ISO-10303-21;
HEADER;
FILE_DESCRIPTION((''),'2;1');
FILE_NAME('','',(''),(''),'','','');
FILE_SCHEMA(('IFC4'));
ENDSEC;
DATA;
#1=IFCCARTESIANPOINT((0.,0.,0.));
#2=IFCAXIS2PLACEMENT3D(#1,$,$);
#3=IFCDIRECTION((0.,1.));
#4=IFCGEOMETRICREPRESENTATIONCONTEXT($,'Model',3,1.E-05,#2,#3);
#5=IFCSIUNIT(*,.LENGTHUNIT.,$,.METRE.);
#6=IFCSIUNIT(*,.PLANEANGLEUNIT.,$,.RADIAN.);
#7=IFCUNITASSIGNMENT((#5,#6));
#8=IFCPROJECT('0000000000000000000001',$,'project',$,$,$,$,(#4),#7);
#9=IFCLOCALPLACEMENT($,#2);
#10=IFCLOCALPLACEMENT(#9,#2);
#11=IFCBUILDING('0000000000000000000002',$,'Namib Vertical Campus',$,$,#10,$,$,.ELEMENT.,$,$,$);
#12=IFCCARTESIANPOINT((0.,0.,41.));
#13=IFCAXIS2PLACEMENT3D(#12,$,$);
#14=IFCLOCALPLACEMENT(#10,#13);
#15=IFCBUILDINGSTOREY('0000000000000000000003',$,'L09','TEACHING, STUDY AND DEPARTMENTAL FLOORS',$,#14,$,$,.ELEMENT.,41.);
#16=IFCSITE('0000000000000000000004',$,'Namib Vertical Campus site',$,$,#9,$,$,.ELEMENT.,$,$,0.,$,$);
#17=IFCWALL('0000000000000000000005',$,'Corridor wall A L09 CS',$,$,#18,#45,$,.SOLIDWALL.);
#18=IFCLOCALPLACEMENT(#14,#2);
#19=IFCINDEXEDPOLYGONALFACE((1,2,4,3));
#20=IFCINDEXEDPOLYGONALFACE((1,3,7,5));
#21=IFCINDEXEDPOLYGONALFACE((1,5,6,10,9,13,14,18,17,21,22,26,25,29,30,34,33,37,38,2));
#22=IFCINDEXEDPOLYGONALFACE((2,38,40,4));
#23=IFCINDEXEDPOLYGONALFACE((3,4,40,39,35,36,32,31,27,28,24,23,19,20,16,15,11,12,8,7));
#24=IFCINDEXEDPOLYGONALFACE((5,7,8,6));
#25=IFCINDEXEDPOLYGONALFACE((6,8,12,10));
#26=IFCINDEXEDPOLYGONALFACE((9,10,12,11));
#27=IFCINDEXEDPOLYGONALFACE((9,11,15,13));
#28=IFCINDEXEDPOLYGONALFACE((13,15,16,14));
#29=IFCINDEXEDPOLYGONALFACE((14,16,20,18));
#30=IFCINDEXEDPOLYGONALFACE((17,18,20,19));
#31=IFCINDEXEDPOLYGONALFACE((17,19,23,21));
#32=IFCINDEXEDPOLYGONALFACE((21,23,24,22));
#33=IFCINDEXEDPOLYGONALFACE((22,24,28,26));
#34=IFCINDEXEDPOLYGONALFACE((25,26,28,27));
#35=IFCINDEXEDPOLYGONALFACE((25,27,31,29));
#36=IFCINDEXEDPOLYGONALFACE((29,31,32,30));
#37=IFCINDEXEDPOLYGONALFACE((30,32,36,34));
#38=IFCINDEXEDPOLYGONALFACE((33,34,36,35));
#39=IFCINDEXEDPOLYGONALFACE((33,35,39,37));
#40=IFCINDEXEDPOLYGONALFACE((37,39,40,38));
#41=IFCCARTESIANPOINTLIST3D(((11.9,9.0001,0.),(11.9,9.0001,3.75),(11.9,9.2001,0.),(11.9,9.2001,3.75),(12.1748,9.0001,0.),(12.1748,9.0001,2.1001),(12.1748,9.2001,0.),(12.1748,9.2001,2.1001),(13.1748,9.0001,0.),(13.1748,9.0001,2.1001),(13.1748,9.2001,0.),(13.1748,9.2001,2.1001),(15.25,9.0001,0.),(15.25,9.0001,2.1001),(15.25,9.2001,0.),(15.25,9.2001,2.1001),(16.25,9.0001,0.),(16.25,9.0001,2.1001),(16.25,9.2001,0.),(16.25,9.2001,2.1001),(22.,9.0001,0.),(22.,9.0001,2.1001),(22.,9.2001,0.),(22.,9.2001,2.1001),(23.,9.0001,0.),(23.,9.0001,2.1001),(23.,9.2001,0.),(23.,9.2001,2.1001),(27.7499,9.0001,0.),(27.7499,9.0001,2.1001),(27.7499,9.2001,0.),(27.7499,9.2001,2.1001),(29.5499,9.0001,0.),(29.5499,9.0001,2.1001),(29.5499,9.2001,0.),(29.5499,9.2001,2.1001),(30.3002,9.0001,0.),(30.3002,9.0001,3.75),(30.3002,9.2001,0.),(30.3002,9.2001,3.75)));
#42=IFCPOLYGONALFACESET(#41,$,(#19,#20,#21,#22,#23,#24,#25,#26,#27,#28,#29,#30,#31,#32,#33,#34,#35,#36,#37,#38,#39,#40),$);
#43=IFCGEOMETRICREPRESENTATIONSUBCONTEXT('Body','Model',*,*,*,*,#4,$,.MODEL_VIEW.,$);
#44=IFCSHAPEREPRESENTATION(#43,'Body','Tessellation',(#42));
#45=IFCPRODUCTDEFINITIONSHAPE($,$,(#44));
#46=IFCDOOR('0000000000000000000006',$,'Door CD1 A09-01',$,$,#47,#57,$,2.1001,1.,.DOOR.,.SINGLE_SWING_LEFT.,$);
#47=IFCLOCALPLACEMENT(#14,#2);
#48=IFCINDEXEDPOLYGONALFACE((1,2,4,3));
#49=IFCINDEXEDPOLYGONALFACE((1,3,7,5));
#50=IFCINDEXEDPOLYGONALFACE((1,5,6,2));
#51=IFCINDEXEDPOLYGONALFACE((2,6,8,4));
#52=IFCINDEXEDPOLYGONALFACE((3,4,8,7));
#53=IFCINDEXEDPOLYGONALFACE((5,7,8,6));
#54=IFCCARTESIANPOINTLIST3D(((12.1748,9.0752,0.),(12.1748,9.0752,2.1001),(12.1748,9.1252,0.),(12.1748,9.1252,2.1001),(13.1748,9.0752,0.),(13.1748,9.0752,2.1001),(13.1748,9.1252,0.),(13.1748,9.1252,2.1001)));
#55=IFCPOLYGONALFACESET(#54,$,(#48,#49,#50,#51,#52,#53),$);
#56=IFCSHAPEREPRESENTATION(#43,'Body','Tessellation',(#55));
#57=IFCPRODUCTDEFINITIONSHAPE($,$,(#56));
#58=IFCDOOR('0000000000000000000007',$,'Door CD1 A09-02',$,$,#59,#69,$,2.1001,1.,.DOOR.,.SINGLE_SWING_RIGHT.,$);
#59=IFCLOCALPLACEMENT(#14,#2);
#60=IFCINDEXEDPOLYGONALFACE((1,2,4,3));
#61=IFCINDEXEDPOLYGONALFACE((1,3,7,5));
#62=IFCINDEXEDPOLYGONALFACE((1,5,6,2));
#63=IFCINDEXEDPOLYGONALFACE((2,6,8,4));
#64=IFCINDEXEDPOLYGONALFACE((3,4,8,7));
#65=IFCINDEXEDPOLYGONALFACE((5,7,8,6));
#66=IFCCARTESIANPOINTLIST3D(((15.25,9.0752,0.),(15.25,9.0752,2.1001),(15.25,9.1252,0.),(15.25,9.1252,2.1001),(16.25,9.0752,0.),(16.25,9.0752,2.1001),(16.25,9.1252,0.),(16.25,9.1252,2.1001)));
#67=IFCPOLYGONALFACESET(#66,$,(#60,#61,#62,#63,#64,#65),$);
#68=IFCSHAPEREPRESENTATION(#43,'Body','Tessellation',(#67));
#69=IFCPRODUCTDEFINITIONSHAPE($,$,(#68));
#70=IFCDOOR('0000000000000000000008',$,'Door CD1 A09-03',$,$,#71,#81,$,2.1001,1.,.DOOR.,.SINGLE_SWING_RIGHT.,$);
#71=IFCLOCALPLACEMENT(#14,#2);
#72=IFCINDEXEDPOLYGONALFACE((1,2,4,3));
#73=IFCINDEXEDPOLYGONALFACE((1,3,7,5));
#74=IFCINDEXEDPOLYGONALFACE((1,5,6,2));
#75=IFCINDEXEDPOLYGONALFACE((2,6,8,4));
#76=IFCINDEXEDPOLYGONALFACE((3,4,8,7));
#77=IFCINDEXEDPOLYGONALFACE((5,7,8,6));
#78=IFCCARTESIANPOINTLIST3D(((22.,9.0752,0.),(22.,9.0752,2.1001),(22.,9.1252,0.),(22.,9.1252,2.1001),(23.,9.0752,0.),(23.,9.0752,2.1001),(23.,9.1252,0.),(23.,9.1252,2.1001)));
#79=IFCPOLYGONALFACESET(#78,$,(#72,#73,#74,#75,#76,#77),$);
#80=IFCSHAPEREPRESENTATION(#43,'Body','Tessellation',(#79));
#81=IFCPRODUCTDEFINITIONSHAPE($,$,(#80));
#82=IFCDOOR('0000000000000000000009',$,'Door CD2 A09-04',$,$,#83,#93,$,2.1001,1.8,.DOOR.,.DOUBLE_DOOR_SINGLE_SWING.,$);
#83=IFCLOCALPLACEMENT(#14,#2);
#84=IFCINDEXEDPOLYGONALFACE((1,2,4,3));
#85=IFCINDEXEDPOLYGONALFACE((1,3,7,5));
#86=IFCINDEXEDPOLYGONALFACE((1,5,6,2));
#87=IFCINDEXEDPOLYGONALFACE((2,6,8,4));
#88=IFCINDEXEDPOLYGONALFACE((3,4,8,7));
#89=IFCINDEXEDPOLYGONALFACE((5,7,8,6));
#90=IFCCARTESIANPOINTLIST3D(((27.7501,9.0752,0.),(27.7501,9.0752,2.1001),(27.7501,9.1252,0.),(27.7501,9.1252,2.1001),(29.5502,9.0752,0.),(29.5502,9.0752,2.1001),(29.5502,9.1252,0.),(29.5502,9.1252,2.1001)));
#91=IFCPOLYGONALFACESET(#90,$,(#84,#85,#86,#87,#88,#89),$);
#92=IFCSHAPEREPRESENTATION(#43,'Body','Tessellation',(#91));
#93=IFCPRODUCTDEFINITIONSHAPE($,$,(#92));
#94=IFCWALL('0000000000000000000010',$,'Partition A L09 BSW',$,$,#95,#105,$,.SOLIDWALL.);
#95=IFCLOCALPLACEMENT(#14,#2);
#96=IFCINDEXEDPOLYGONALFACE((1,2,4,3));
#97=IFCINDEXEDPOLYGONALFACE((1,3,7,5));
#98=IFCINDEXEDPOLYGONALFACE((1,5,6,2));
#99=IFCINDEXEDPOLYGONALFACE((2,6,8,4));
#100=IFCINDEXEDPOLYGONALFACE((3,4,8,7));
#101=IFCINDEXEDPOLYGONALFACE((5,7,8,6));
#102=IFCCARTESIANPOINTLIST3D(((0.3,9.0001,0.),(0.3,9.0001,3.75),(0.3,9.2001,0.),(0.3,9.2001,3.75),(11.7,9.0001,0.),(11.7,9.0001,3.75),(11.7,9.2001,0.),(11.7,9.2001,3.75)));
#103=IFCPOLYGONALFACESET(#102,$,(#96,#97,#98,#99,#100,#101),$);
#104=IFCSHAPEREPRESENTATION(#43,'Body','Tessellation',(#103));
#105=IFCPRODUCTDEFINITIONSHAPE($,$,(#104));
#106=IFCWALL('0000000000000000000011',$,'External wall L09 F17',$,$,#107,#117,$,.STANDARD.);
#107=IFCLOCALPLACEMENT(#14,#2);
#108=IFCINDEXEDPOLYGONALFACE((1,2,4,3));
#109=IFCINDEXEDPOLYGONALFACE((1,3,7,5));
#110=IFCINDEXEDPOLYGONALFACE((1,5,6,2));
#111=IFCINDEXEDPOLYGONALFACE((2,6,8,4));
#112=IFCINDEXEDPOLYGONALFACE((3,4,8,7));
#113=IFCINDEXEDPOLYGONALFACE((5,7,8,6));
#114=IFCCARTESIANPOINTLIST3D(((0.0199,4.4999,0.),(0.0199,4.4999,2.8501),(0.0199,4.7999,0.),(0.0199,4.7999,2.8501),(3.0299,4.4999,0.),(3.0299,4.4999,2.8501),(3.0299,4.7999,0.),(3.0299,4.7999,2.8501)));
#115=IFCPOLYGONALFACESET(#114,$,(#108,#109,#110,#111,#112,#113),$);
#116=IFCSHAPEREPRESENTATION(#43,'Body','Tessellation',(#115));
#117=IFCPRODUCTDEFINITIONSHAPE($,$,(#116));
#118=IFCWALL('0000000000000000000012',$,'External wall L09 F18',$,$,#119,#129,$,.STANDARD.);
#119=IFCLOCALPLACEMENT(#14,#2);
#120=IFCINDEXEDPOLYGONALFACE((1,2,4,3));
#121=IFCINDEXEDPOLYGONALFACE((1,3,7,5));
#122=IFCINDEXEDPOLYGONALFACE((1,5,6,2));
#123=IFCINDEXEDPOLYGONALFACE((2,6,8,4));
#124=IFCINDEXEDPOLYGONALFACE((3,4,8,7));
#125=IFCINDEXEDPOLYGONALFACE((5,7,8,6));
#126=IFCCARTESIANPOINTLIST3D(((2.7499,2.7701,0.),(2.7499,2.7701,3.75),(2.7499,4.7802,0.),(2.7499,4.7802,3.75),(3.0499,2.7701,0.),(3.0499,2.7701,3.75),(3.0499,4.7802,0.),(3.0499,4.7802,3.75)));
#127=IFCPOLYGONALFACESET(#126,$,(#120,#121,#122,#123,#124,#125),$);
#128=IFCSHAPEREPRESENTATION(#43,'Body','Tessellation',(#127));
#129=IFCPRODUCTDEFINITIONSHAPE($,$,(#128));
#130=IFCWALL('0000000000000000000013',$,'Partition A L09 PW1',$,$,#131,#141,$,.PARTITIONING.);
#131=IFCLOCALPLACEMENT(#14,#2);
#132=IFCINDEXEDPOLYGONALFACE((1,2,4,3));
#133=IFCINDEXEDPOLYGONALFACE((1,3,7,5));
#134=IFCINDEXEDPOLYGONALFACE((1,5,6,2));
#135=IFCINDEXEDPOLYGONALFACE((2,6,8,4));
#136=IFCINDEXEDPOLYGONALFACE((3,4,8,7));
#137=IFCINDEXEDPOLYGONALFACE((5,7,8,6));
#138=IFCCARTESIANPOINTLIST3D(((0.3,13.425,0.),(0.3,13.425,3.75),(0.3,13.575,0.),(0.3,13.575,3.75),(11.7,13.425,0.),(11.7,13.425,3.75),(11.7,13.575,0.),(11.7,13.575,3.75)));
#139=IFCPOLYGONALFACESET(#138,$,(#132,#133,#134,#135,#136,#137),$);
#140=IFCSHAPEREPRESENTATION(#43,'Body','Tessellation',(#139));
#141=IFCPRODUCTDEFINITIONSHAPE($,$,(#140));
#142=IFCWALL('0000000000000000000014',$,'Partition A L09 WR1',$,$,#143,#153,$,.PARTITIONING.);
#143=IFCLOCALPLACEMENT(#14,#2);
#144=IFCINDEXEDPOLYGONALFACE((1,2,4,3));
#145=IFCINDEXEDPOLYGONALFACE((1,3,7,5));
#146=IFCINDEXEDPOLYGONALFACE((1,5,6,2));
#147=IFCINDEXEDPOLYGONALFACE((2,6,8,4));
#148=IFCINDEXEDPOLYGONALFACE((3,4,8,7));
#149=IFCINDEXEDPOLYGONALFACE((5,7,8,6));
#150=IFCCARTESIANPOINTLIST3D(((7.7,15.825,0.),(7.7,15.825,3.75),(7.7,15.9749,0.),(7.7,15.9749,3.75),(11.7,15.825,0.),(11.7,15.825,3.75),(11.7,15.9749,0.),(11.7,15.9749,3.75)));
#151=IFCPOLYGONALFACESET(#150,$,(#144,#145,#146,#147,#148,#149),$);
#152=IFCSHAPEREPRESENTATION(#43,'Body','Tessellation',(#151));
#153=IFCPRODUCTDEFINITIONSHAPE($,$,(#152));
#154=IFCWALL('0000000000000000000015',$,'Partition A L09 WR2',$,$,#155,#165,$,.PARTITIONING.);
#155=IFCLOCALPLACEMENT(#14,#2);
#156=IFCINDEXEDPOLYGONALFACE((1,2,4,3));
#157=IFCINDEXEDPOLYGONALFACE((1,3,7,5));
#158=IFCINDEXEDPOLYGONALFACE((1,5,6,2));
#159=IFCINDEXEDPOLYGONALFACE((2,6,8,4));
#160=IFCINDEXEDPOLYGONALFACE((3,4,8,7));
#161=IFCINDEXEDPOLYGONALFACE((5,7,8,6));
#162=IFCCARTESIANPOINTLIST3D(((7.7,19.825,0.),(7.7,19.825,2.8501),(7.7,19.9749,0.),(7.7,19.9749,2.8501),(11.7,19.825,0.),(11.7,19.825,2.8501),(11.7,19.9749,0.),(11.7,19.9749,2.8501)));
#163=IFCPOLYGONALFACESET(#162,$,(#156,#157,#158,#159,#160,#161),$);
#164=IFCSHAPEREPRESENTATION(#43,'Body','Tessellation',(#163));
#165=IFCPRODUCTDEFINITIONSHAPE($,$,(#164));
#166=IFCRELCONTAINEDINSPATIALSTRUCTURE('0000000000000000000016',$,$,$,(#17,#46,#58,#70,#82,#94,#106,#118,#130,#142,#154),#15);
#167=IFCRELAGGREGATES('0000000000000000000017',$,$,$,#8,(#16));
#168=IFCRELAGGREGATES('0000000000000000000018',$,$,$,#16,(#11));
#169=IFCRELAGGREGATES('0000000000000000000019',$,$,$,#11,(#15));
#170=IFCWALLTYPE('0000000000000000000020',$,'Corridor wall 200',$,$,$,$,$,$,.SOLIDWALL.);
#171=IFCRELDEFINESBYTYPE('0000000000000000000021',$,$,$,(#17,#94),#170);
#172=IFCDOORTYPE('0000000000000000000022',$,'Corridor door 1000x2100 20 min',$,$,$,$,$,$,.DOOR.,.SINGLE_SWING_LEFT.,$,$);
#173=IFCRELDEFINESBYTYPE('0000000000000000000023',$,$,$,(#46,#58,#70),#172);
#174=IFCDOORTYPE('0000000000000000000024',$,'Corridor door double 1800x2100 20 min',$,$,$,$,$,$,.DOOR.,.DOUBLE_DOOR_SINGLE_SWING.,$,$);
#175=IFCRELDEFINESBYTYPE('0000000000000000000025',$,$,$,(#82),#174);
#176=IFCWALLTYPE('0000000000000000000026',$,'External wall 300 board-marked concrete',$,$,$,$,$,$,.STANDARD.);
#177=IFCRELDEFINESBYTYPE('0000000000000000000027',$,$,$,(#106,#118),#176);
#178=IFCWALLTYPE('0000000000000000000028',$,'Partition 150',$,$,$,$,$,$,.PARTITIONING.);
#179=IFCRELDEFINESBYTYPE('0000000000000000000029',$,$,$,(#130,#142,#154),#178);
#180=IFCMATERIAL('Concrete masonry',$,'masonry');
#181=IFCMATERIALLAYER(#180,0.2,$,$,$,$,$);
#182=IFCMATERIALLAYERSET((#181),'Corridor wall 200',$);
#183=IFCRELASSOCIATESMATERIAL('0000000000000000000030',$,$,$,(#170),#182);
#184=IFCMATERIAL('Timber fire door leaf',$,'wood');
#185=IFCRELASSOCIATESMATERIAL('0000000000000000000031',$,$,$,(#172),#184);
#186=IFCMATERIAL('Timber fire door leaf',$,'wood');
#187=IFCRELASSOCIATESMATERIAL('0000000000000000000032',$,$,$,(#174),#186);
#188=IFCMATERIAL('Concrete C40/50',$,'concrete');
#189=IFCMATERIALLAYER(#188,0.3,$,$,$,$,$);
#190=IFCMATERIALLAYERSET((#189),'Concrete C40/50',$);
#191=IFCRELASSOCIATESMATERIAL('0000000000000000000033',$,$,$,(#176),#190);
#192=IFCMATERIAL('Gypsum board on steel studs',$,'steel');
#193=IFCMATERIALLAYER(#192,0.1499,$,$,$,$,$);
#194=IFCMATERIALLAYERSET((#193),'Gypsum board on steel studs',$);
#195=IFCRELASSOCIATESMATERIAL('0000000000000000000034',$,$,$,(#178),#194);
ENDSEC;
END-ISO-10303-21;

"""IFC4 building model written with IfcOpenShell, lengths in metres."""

from ifc_helpers import new_model, si_unit, direction, frame, frame_2d, origin, place, context, subcontext, project, spatial, rectangle, extrude, material, layer, layer_set, type_object, element, fill, save


model = new_model("IFC4")

# Units and contexts
model_context = context("Model", 3, precision=1e-05, world=origin(), true_north=direction((0.0, 1.0)))
body_context = subcontext(model_context, "Body", "Model", "MODEL_VIEW")
ifc_project = project(units=[si_unit("LENGTHUNIT", "METRE"), si_unit("PLANEANGLEUNIT", "RADIAN")], contexts=[model_context])

# Site, building, storey
site_placement = place(None, origin())
site = spatial("IfcSite", under=ifc_project, at=site_placement, Name="Namib Vertical Campus site", CompositionType="ELEMENT", RefElevation=0.0)
building_placement = place(site_placement, origin())
building = spatial("IfcBuilding", under=site, at=building_placement, Name="Namib Vertical Campus", CompositionType="ELEMENT")
storey_placement = place(building_placement, frame((0.0, 0.0, 41.0)))
storey = spatial("IfcBuildingStorey", under=building, at=storey_placement, Name="L09", Description="TEACHING, STUDY AND DEPARTMENTAL FLOORS", CompositionType="ELEMENT", Elevation=41.0)

# Wall, openings, doors
ifc_material_1 = material(Name="Concrete masonry", Category="masonry")
ifc_layer_1 = layer(ifc_material_1, 0.2)
ifc_layer_set_1 = layer_set([ifc_layer_1], Name="Corridor wall 200")
wall_type_1 = type_object("IfcWallType", Name="Corridor wall 200", PredefinedType="SOLIDWALL", material=ifc_layer_set_1)
wall_1_placement = place(storey_placement, frame((11.8999, 9.1001, 0.0), z_axis=(0.0, 0.0, 1.0), x_axis=(1.0, 0.0, 0.0)))
wall_1 = element("IfcWall", 1, at=wall_1_placement, inside=storey, type_object=wall_type_1, Name="Corridor wall A L09 CS", PredefinedType="SOLIDWALL", context=body_context, shape_type="SweptSolid", body=[
    extrude(rectangle(XDim=18.4001, YDim=0.2, at=frame_2d((9.2002, 0.0))), origin(), (0.0, 0.0, 1.0), 3.75),
])
opening_1_placement = place(wall_1_placement, frame((0.2749, 0.0, 0.0)))
opening_1 = element("IfcOpeningElement", 2, at=opening_1_placement, cuts=wall_1, PredefinedType="OPENING", context=body_context, shape_type="SweptSolid", body=[
    extrude(rectangle(XDim=1.0, YDim=2.1001, at=frame_2d((0.5, 1.05))), frame((0.0, 0.1099, 0.0), z_axis=(0.0, -1.0, 0.0), x_axis=(1.0, 0.0, 0.0)), (0.0, 0.0, 1.0), 0.22),
])
opening_2_placement = place(wall_1_placement, frame((3.3501, 0.0, 0.0)))
opening_2 = element("IfcOpeningElement", 3, at=opening_2_placement, cuts=wall_1, PredefinedType="OPENING", context=body_context, shape_type="SweptSolid", body=[
    extrude(rectangle(XDim=1.0, YDim=2.1001, at=frame_2d((0.5, 1.05))), frame((0.0, 0.1099, 0.0), z_axis=(0.0, -1.0, 0.0), x_axis=(1.0, 0.0, 0.0)), (0.0, 0.0, 1.0), 0.22),
])
opening_3_placement = place(wall_1_placement, frame((10.1001, 0.0, 0.0)))
opening_3 = element("IfcOpeningElement", 4, at=opening_3_placement, cuts=wall_1, PredefinedType="OPENING", context=body_context, shape_type="SweptSolid", body=[
    extrude(rectangle(XDim=1.0, YDim=2.1001, at=frame_2d((0.5, 1.05))), frame((0.0, 0.1099, 0.0), z_axis=(0.0, -1.0, 0.0), x_axis=(1.0, 0.0, 0.0)), (0.0, 0.0, 1.0), 0.22),
])
opening_4_placement = place(wall_1_placement, frame((15.8501, 0.0, 0.0)))
opening_4 = element("IfcOpeningElement", 5, at=opening_4_placement, cuts=wall_1, PredefinedType="OPENING", context=body_context, shape_type="SweptSolid", body=[
    extrude(rectangle(XDim=1.8, YDim=2.1001, at=frame_2d((0.8999, 1.05))), frame((0.0, 0.1099, 0.0), z_axis=(0.0, -1.0, 0.0), x_axis=(1.0, 0.0, 0.0)), (0.0, 0.0, 1.0), 0.22),
])
ifc_material_2 = material(Name="Timber fire door leaf", Category="wood")
door_type_1 = type_object("IfcDoorType", Name="Corridor door 1000x2100 20 min", OperationType="SINGLE_SWING_LEFT", PredefinedType="DOOR", material=ifc_material_2)
door_1_placement = place(opening_1_placement, frame((1.0, 0.0, 0.0), z_axis=(0.0, 0.0, 1.0), x_axis=(-1.0, 0.0, 0.0)))
door_1 = element("IfcDoor", 6, at=door_1_placement, inside=storey, type_object=door_type_1, Name="Door CD1 A09-01", OperationType="SINGLE_SWING_LEFT", OverallHeight=2.1001, OverallWidth=1.0, PredefinedType="DOOR", context=body_context, shape_type="SweptSolid", body=[
    extrude(rectangle(XDim=1.0, YDim=2.1001, at=frame_2d((0.5, 1.05))), frame((0.0, 0.0249, 0.0), z_axis=(0.0, -1.0, 0.0), x_axis=(1.0, 0.0, 0.0)), (0.0, 0.0, 1.0), 0.05),
])
fill(opening_1, door_1)
door_2_placement = place(opening_2_placement, frame((1.0, 0.0, 0.0), z_axis=(0.0, 0.0, 1.0), x_axis=(-1.0, 0.0, 0.0)))
door_2 = element("IfcDoor", 7, at=door_2_placement, inside=storey, type_object=door_type_1, Name="Door CD1 A09-02", OperationType="SINGLE_SWING_RIGHT", OverallHeight=2.1001, OverallWidth=1.0, PredefinedType="DOOR", context=body_context, shape_type="SweptSolid", body=[
    extrude(rectangle(XDim=1.0, YDim=2.1001, at=frame_2d((0.5, 1.05))), frame((0.0, 0.0249, 0.0), z_axis=(0.0, -1.0, 0.0), x_axis=(1.0, 0.0, 0.0)), (0.0, 0.0, 1.0), 0.05),
])
fill(opening_2, door_2)
door_3_placement = place(opening_3_placement, frame((1.0, 0.0, 0.0), z_axis=(0.0, 0.0, 1.0), x_axis=(-1.0, 0.0, 0.0)))
door_3 = element("IfcDoor", 8, at=door_3_placement, inside=storey, type_object=door_type_1, Name="Door CD1 A09-03", OperationType="SINGLE_SWING_RIGHT", OverallHeight=2.1001, OverallWidth=1.0, PredefinedType="DOOR", context=body_context, shape_type="SweptSolid", body=[
    extrude(rectangle(XDim=1.0, YDim=2.1001, at=frame_2d((0.5, 1.05))), frame((0.0, 0.0249, 0.0), z_axis=(0.0, -1.0, 0.0), x_axis=(1.0, 0.0, 0.0)), (0.0, 0.0, 1.0), 0.05),
])
fill(opening_3, door_3)
ifc_material_3 = material(Name="Timber fire door leaf", Category="wood")
door_type_2 = type_object("IfcDoorType", Name="Corridor door double 1800x2100 20 min", OperationType="DOUBLE_DOOR_SINGLE_SWING", PredefinedType="DOOR", material=ifc_material_3)
door_4_placement = place(opening_4_placement, frame((1.8, 0.0, 0.0), z_axis=(0.0, 0.0, 1.0), x_axis=(-1.0, 0.0, 0.0)))
door_4 = element("IfcDoor", 9, at=door_4_placement, inside=storey, type_object=door_type_2, Name="Door CD2 A09-04", OperationType="DOUBLE_DOOR_SINGLE_SWING", OverallHeight=2.1001, OverallWidth=1.8, PredefinedType="DOOR", context=body_context, shape_type="SweptSolid", body=[
    extrude(rectangle(XDim=1.8, YDim=2.1001, at=frame_2d((0.8999, 1.05))), frame((0.0, 0.0249, 0.0), z_axis=(0.0, -1.0, 0.0), x_axis=(1.0, 0.0, 0.0)), (0.0, 0.0, 1.0), 0.05),
])
fill(opening_4, door_4)

# Walls
wall_2_placement = place(storey_placement, frame((0.3, 9.1001, 0.0), z_axis=(0.0, 0.0, 1.0), x_axis=(1.0, 0.0, 0.0)))
element("IfcWall", 10, at=wall_2_placement, inside=storey, type_object=wall_type_1, Name="Partition A L09 BSW", PredefinedType="SOLIDWALL", context=body_context, shape_type="SweptSolid", body=[
    extrude(rectangle(XDim=11.3999, YDim=0.2, at=frame_2d((5.7, 0.0))), origin(), (0.0, 0.0, 1.0), 3.75),
])
ifc_material_4 = material(Name="Concrete C40/50", Category="concrete")
ifc_layer_2 = layer(ifc_material_4, 0.3)
ifc_layer_set_2 = layer_set([ifc_layer_2], Name="Concrete C40/50")
wall_type_2 = type_object("IfcWallType", Name="External wall 300 board-marked concrete", PredefinedType="STANDARD", material=ifc_layer_set_2)
wall_3_placement = place(storey_placement, frame((0.02, 4.6499, 0.0), z_axis=(0.0, 0.0, 1.0), x_axis=(1.0, 0.0, 0.0)))
element("IfcWall", 11, at=wall_3_placement, inside=storey, type_object=wall_type_2, Name="External wall L09 F17", PredefinedType="STANDARD", context=body_context, shape_type="SweptSolid", body=[
    extrude(rectangle(XDim=3.01, YDim=0.3, at=frame_2d((1.5049, 0.0))), origin(), (0.0, 0.0, 1.0), 2.8501),
])
wall_4_placement = place(storey_placement, frame((2.8999, 4.78, 0.0), z_axis=(0.0, 0.0, 1.0), x_axis=(0.0, -1.0, 0.0)))
element("IfcWall", 12, at=wall_4_placement, inside=storey, type_object=wall_type_2, Name="External wall L09 F18", PredefinedType="STANDARD", context=body_context, shape_type="SweptSolid", body=[
    extrude(rectangle(XDim=2.01, YDim=0.3, at=frame_2d((1.0049, 0.0))), origin(), (0.0, 0.0, 1.0), 3.75),
])
ifc_material_5 = material(Name="Gypsum board on steel studs", Category="steel")
ifc_layer_3 = layer(ifc_material_5, 0.1499)
ifc_layer_set_3 = layer_set([ifc_layer_3], Name="Gypsum board on steel studs")
wall_type_3 = type_object("IfcWallType", Name="Partition 150", PredefinedType="PARTITIONING", material=ifc_layer_set_3)
wall_5_placement = place(storey_placement, frame((0.3, 13.5, 0.0), z_axis=(0.0, 0.0, 1.0), x_axis=(1.0, 0.0, 0.0)))
element("IfcWall", 13, at=wall_5_placement, inside=storey, type_object=wall_type_3, Name="Partition A L09 PW1", PredefinedType="PARTITIONING", context=body_context, shape_type="SweptSolid", body=[
    extrude(rectangle(XDim=11.3999, YDim=0.1499, at=frame_2d((5.7, 0.0))), origin(), (0.0, 0.0, 1.0), 3.75),
])
wall_6_placement = place(storey_placement, frame((11.7, 15.8999, 0.0), z_axis=(0.0, 0.0, 1.0), x_axis=(-1.0, 0.0, 0.0)))
element("IfcWall", 14, at=wall_6_placement, inside=storey, type_object=wall_type_3, Name="Partition A L09 WR1", PredefinedType="PARTITIONING", context=body_context, shape_type="SweptSolid", body=[
    extrude(rectangle(XDim=4.0, YDim=0.1499, at=frame_2d((2.0, 0.0))), origin(), (0.0, 0.0, 1.0), 3.75),
])
wall_7_placement = place(storey_placement, frame((11.7, 19.8999, 0.0), z_axis=(0.0, 0.0, 1.0), x_axis=(-1.0, 0.0, 0.0)))
element("IfcWall", 15, at=wall_7_placement, inside=storey, type_object=wall_type_3, Name="Partition A L09 WR2", PredefinedType="PARTITIONING", context=body_context, shape_type="SweptSolid", body=[
    extrude(rectangle(XDim=4.0, YDim=0.1499, at=frame_2d((2.0, 0.0))), origin(), (0.0, 0.0, 1.0), 2.8501),
])

save(model, "model.ifc")
